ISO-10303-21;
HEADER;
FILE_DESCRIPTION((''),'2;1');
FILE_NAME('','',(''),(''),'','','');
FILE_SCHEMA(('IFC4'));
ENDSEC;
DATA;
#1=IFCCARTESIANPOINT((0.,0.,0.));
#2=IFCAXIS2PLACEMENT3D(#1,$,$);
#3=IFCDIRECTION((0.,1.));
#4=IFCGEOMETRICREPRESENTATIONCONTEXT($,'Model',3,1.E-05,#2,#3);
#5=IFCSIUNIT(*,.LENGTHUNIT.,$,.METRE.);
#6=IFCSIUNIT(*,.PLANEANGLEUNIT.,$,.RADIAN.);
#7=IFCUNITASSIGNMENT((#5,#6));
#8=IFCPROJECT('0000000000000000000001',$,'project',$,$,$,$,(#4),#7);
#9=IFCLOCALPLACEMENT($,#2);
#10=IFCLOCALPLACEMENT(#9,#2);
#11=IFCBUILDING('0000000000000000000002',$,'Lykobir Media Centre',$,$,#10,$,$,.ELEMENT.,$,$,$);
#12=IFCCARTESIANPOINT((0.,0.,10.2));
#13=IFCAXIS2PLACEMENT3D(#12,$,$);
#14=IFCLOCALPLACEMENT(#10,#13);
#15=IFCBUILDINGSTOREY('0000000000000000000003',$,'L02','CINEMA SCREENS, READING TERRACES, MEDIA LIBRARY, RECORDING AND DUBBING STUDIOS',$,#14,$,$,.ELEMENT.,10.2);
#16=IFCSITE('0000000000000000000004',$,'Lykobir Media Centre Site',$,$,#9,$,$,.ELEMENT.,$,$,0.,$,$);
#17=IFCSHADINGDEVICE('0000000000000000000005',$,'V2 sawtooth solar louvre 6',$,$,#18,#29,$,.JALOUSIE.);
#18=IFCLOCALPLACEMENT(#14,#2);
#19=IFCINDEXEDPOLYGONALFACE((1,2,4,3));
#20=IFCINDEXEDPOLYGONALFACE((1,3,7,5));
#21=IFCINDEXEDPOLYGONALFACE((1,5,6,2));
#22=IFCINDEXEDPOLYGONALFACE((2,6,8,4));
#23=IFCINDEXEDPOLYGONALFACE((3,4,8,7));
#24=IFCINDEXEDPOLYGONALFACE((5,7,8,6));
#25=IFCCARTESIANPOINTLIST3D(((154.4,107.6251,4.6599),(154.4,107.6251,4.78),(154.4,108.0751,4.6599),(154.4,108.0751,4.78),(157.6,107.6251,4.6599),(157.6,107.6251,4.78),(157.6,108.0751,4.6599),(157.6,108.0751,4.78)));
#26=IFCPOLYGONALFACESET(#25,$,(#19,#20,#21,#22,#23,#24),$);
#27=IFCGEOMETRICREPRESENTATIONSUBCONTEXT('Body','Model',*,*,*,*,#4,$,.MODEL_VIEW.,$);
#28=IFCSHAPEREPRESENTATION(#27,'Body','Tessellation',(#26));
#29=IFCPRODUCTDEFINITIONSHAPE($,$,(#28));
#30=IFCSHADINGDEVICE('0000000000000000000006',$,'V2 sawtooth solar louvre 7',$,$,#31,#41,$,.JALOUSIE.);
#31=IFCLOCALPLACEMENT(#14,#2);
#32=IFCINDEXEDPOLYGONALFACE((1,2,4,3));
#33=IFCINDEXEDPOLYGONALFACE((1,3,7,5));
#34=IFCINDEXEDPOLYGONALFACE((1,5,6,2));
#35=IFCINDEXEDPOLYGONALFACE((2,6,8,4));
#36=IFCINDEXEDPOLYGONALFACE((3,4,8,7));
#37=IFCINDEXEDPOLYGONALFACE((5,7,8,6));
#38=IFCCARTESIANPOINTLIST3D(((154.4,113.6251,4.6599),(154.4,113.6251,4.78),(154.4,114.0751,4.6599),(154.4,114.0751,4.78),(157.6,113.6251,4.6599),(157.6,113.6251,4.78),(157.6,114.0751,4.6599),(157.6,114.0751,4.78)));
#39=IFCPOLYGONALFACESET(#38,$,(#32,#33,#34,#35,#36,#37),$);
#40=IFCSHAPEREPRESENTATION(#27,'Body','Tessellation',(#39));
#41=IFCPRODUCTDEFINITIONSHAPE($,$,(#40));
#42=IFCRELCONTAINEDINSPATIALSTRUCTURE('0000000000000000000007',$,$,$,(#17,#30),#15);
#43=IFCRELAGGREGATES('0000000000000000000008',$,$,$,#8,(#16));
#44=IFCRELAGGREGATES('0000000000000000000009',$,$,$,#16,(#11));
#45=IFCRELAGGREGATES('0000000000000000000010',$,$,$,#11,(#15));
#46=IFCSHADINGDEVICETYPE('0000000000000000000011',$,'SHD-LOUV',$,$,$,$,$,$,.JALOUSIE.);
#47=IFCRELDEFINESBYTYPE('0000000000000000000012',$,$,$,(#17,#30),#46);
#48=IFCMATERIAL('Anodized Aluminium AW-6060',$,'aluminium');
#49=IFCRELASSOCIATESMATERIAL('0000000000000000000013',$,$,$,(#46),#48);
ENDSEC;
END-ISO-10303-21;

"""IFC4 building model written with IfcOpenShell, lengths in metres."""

from ifc_helpers import new_model, si_unit, direction, frame, origin, origin_2d, place, context, subcontext, project, spatial, rectangle, extrude, material, type_object, element, save


model = new_model("IFC4")

# Units and contexts
model_context = context("Model", 3, precision=1e-05, world=origin(), true_north=direction((0.0, 1.0)))
body_context = subcontext(model_context, "Body", "Model", "MODEL_VIEW")
ifc_project = project(units=[si_unit("LENGTHUNIT", "METRE"), si_unit("PLANEANGLEUNIT", "RADIAN")], contexts=[model_context])

# Site, building, storey
site_placement = place(None, origin())
site = spatial("IfcSite", under=ifc_project, at=site_placement, Name="Lykobir Media Centre Site", CompositionType="ELEMENT", RefElevation=0.0)
building_placement = place(site_placement, origin())
building = spatial("IfcBuilding", under=site, at=building_placement, Name="Lykobir Media Centre", CompositionType="ELEMENT")
storey_placement = place(building_placement, frame((0.0, 0.0, 10.2)))
storey = spatial("IfcBuildingStorey", under=building, at=storey_placement, Name="L02", Description="CINEMA SCREENS, READING TERRACES, MEDIA LIBRARY, RECORDING AND DUBBING STUDIOS", CompositionType="ELEMENT", Elevation=10.2)

# Shared definitions
ifc_material_1 = material(Name="Anodized Aluminium AW-6060", Category="aluminium")

# Shading devices
shading_device_type = type_object("IfcShadingDeviceType", Name="SHD-LOUV", PredefinedType="JALOUSIE", material=ifc_material_1)
for number, where, z_axis, x_axis, name in (
    (1, (156.0, 107.8501, 4.6599), (0.0, 0.0, 1.0), (1.0, 0.0, 0.0), "V2 sawtooth solar louvre 6"),
    (2, (156.0, 113.8501, 4.6599), (0.0, 0.0, 1.0), (1.0, 0.0, 0.0), "V2 sawtooth solar louvre 7"),
):
    element("IfcShadingDevice", number, at=place(storey_placement, frame(where, z_axis=z_axis, x_axis=x_axis)), inside=storey, type_object=shading_device_type, Name=name, PredefinedType="JALOUSIE", context=body_context, shape_type="SweptSolid", body=[
        extrude(rectangle(XDim=3.2, YDim=0.45, at=origin_2d()), origin(), (0.0, 0.0, 1.0), 0.1201),
    ])

save(model, "model.ifc")
